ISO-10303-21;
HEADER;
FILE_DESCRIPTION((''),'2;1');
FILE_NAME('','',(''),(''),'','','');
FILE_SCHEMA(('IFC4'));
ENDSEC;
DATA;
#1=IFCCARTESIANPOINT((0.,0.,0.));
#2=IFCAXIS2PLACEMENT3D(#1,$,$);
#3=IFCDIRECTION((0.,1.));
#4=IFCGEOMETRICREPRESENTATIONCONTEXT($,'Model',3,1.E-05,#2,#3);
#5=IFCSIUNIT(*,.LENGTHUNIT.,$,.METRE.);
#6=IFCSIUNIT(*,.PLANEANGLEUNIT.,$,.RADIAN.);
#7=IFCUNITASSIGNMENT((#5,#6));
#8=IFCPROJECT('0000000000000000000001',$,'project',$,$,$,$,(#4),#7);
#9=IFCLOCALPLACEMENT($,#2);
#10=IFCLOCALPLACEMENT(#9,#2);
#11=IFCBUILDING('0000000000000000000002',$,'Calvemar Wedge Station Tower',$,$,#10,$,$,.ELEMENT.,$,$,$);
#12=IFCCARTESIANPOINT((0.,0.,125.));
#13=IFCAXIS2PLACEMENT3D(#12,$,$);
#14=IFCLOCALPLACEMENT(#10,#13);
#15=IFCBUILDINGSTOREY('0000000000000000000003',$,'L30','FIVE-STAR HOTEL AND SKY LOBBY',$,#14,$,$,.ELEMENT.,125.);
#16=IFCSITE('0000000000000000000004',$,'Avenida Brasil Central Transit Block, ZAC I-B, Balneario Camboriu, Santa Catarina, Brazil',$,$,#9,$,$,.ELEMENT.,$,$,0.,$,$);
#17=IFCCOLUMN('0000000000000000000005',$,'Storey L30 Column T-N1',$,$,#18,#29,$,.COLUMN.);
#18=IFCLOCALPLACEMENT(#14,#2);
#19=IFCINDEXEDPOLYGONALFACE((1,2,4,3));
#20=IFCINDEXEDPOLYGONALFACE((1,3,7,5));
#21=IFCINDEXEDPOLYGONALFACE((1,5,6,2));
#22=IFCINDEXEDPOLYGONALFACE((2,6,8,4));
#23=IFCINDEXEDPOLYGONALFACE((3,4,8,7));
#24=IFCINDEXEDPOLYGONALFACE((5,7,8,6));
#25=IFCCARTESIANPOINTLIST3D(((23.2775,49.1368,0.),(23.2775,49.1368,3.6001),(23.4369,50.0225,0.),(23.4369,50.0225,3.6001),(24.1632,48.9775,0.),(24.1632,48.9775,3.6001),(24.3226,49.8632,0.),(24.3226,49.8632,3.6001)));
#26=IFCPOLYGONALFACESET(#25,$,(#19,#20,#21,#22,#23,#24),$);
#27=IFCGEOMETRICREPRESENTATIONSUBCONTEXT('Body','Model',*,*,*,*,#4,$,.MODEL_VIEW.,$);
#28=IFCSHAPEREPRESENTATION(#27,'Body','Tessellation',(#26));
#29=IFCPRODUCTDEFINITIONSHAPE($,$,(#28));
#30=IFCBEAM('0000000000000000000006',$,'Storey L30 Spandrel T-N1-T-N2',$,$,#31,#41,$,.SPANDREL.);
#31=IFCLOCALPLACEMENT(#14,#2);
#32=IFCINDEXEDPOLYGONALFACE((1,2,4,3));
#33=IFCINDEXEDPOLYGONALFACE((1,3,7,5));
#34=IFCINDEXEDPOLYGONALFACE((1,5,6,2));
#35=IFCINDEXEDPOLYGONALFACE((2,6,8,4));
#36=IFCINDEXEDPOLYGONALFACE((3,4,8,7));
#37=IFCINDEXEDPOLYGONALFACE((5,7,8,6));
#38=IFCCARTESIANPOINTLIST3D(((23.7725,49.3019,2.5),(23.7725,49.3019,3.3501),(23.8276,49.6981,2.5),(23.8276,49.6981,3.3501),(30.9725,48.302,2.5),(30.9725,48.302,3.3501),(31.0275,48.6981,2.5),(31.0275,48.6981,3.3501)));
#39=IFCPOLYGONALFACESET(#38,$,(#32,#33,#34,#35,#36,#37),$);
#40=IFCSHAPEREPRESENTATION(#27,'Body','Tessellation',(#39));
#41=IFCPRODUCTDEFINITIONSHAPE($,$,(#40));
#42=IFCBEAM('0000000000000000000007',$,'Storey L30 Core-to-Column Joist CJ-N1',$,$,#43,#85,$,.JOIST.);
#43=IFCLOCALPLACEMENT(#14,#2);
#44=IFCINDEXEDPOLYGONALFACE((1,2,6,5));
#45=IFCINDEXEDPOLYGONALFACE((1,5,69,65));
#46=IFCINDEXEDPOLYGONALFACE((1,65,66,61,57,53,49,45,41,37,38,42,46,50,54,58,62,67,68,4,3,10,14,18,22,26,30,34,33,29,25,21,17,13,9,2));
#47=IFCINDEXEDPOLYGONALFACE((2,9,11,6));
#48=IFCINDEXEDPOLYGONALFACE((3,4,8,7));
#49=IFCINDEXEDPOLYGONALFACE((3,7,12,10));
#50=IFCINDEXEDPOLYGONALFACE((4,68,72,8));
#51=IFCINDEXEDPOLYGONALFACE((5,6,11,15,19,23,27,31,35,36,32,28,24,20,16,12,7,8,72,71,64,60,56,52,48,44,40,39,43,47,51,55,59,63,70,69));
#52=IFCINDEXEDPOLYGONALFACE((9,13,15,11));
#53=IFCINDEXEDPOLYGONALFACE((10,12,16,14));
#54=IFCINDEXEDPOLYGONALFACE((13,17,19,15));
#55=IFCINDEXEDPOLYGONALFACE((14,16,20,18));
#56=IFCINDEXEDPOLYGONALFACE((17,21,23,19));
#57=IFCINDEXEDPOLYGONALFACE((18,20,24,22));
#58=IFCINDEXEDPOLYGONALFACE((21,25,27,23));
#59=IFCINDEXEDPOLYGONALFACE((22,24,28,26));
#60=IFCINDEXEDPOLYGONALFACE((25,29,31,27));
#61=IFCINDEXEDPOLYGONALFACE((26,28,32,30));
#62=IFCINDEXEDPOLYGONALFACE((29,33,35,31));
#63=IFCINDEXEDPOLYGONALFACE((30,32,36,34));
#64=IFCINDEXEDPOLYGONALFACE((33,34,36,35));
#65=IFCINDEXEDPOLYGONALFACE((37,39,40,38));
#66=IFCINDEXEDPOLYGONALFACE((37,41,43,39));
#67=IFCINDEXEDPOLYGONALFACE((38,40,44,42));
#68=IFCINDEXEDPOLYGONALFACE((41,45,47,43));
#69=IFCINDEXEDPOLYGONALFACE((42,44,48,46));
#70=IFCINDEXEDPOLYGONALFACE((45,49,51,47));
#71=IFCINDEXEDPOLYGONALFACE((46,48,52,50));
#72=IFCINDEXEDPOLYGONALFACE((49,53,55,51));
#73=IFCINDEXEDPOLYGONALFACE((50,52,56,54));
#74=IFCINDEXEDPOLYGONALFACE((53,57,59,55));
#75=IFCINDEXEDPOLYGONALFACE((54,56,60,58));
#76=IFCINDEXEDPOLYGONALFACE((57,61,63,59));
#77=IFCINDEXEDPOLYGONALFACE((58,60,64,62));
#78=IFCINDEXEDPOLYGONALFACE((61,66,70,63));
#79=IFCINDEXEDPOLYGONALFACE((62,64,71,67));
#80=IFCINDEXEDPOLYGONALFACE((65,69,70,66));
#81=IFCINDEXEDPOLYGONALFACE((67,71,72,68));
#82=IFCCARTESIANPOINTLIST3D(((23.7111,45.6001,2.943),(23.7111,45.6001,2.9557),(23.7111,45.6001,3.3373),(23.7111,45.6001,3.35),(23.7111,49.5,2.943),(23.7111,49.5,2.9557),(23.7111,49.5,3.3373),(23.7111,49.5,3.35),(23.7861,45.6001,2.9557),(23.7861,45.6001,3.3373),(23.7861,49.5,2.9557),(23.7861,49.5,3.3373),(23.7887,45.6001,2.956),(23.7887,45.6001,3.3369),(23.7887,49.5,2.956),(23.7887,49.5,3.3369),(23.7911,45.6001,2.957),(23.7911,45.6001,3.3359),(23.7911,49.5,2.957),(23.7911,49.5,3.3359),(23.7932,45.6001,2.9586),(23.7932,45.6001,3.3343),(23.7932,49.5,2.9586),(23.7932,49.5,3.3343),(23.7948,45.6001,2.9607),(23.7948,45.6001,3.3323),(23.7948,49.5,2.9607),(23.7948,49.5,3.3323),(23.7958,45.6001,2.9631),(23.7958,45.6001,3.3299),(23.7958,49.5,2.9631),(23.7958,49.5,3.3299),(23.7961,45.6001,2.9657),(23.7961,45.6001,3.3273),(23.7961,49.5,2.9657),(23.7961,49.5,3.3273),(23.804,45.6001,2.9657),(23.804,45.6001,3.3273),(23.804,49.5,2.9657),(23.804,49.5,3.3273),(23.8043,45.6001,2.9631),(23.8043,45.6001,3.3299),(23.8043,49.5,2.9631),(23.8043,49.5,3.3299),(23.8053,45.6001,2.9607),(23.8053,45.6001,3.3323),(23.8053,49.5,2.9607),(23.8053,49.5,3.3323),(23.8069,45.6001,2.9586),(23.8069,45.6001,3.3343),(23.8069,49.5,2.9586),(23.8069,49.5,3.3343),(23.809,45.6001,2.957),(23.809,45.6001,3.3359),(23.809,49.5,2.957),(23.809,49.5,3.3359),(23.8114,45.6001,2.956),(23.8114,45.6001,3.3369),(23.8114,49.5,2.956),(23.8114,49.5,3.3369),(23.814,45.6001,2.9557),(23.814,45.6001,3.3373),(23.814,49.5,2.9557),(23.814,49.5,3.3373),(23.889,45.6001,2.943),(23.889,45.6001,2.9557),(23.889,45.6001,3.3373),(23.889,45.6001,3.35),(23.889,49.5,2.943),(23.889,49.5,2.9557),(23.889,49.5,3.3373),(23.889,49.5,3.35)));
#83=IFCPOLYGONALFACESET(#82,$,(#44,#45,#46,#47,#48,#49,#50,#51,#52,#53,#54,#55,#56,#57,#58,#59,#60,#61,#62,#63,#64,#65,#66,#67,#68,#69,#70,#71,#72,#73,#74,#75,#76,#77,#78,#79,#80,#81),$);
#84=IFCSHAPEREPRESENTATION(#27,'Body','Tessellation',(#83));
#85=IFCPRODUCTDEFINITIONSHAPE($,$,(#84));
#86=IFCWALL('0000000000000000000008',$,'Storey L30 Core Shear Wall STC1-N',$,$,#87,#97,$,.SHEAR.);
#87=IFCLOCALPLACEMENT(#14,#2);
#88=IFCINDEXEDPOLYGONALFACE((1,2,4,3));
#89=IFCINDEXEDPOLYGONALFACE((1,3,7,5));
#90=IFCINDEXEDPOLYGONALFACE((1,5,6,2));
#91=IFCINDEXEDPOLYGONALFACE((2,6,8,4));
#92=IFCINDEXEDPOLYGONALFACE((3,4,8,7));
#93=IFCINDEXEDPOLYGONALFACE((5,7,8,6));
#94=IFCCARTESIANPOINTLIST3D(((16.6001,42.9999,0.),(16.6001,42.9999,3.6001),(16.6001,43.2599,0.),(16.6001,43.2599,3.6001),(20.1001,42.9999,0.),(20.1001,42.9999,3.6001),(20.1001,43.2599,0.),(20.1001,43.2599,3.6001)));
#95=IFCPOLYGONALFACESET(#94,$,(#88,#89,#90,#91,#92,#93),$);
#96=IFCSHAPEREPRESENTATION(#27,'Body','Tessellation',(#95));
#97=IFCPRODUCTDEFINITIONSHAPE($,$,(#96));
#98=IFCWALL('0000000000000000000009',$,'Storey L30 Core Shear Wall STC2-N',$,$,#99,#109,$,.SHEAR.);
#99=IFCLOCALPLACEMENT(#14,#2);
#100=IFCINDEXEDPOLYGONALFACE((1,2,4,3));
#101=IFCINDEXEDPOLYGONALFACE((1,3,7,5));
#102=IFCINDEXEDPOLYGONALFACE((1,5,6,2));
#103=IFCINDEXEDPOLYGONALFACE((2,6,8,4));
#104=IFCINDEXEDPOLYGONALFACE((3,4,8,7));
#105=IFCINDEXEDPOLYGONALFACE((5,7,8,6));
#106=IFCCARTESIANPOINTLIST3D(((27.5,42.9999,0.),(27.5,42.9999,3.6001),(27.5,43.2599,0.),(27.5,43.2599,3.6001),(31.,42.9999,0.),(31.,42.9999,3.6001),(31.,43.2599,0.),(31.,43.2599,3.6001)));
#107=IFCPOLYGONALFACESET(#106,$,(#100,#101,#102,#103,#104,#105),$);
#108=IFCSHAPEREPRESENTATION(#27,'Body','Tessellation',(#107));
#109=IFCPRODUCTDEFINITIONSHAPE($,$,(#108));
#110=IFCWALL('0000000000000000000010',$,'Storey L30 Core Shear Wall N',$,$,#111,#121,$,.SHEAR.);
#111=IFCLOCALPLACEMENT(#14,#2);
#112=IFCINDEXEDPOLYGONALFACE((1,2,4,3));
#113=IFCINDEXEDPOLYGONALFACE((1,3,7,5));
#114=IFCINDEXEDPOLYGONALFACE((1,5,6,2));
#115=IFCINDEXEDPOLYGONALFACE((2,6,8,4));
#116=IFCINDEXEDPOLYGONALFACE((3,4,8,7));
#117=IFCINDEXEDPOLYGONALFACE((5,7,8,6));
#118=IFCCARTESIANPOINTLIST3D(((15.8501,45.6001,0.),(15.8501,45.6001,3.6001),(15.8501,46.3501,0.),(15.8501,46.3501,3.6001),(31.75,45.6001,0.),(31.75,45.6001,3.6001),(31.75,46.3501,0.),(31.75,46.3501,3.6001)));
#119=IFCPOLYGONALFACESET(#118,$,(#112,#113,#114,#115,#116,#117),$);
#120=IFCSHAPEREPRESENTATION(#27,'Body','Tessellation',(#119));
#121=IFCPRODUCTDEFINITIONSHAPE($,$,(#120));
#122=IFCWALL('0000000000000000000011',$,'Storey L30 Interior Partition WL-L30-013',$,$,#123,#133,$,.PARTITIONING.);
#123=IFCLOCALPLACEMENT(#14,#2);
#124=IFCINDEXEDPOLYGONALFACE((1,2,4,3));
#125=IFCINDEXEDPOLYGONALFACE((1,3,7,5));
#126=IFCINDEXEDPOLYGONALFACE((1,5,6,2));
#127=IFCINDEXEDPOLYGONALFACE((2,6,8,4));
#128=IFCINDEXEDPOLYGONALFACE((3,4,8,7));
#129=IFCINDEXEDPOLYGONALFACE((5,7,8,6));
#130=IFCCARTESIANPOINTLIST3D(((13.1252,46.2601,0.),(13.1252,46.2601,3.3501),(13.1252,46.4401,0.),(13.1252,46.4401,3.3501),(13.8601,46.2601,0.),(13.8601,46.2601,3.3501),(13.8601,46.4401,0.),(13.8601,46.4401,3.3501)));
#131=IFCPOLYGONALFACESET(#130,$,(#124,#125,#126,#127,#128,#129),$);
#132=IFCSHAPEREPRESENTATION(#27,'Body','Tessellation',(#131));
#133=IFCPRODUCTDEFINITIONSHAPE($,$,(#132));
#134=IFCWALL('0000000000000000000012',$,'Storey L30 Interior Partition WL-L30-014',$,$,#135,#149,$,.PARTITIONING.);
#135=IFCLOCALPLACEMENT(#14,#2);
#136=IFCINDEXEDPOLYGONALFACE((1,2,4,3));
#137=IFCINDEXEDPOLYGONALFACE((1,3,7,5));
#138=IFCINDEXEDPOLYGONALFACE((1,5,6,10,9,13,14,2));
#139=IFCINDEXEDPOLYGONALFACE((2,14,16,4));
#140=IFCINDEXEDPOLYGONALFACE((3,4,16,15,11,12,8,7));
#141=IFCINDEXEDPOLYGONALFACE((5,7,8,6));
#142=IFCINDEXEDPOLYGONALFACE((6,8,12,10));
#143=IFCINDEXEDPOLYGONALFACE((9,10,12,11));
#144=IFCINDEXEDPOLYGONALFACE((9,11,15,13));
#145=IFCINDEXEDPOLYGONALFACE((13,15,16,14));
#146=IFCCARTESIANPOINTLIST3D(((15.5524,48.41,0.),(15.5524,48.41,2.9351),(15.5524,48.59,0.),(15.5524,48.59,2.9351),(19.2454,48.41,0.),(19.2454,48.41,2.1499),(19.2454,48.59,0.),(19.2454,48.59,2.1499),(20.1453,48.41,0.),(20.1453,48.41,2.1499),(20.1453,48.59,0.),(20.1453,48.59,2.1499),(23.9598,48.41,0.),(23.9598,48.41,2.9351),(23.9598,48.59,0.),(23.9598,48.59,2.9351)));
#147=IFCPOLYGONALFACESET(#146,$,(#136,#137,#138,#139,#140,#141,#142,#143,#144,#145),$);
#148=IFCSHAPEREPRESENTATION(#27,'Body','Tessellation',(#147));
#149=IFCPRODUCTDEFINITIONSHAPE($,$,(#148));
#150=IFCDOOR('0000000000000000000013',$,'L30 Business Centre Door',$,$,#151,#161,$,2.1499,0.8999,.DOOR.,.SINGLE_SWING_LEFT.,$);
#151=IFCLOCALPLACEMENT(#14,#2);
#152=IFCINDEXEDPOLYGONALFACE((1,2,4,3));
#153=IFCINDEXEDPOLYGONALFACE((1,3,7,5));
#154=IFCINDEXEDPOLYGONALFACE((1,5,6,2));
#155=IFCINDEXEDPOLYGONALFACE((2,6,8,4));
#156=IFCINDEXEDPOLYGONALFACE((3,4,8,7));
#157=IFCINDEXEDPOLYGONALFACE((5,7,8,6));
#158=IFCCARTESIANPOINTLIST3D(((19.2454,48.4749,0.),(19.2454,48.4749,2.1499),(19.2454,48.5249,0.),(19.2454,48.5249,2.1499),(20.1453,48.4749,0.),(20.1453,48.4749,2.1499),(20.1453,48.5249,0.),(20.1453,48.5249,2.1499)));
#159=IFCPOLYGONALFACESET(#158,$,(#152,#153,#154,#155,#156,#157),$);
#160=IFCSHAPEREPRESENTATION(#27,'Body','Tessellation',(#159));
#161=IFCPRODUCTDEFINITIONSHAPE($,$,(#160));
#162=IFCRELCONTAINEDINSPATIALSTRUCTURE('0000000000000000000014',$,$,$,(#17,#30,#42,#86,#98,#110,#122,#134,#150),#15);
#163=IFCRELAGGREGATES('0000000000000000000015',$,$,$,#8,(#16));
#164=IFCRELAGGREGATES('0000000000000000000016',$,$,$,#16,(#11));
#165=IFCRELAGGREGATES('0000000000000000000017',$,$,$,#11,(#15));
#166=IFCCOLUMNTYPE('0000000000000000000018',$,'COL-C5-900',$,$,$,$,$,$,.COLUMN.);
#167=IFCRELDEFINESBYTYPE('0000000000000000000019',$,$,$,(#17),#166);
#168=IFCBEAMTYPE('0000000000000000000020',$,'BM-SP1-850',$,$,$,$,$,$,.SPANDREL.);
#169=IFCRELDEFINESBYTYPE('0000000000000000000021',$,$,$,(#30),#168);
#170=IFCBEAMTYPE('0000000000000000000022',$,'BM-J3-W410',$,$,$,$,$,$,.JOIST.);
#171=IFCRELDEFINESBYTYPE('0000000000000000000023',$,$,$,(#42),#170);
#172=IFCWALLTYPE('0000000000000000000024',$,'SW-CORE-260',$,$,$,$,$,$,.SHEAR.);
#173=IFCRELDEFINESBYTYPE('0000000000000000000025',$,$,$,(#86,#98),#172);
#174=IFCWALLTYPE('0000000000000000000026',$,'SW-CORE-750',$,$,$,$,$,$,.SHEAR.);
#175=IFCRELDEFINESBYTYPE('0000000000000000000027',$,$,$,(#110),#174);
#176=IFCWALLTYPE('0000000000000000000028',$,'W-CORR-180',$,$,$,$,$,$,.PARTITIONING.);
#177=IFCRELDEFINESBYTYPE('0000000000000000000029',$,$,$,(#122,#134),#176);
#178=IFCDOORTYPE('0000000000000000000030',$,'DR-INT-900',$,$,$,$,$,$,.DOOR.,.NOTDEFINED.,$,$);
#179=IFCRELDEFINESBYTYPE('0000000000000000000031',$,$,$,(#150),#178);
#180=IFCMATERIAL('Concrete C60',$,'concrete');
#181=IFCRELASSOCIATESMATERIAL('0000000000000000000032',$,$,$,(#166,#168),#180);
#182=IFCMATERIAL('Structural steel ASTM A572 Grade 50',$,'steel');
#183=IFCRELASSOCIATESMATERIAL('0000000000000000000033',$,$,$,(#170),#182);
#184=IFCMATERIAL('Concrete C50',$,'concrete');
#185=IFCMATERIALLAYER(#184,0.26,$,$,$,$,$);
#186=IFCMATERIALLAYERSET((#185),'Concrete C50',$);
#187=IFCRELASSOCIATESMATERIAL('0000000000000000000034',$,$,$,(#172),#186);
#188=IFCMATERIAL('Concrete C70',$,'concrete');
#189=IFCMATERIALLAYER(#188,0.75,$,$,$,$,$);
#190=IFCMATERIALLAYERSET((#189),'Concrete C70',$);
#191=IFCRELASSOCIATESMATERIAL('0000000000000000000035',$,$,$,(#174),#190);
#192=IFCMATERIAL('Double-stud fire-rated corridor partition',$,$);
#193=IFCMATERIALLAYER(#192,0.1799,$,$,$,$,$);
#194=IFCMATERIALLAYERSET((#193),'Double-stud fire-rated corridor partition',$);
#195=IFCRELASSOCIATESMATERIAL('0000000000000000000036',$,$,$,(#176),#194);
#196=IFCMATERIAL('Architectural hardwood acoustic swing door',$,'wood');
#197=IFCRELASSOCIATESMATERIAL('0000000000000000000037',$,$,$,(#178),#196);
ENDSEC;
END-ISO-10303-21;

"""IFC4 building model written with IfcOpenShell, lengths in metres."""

from ifc_helpers import new_model, si_unit, direction, frame, frame_2d, origin, origin_2d, place, context, subcontext, project, spatial, rectangle, i_section, extrude, source, transform, mapped, material, layer, layer_set, material_profile, profile_set, type_object, element, fill, save


model = new_model("IFC4")

# Units and contexts
model_context = context("Model", 3, precision=1e-05, world=origin(), true_north=direction((0.0, 1.0)))
body_context = subcontext(model_context, "Body", "Model", "MODEL_VIEW")
ifc_project = project(units=[si_unit("LENGTHUNIT", "METRE"), si_unit("PLANEANGLEUNIT", "RADIAN")], contexts=[model_context])

# Site, building, storey
site_placement = place(None, origin())
site = spatial("IfcSite", under=ifc_project, at=site_placement, Name="Avenida Brasil Central Transit Block, ZAC I-B, Balneario Camboriu, Santa Catarina, Brazil", CompositionType="ELEMENT", RefElevation=0.0)
building_placement = place(site_placement, origin())
building = spatial("IfcBuilding", under=site, at=building_placement, Name="Calvemar Wedge Station Tower", CompositionType="ELEMENT")
storey_placement = place(building_placement, frame((0.0, 0.0, 125.0)))
storey = spatial("IfcBuildingStorey", under=building, at=storey_placement, Name="L30", Description="FIVE-STAR HOTEL AND SKY LOBBY", CompositionType="ELEMENT", Elevation=125.0)

# Column
ifc_material_1 = material(Name="Concrete C60", Category="concrete")
ifc_material_profile_1 = material_profile(ifc_material_1, rectangle(XDim=0.8999, YDim=0.8999, at=origin_2d()), Name="RC900x900")
ifc_profile_set_1 = profile_set([ifc_material_profile_1], Name="Concrete C60")
column_type = type_object("IfcColumnType", Name="COL-C5-900", PredefinedType="COLUMN", material=ifc_profile_set_1)
shared_shape_1 = source(origin(), body_context, "Body", "SweptSolid", [
    extrude(rectangle(XDim=0.8999, YDim=0.8999, at=origin_2d()), origin(), (0.0, 0.0, 1.0), 3.6001),
])
column_placement = place(storey_placement, frame((23.8, 49.5, 0.0), z_axis=(0.0, 0.0, 1.0), x_axis=(0.984196, -0.177085, 0.0)))
element("IfcColumn", 1, at=column_placement, inside=storey, type_object=column_type, Name="Storey L30 Column T-N1", PredefinedType="COLUMN", context=body_context, shape_type="MappedRepresentation", body=[
    mapped(shared_shape_1, transform((0.0, 0.0, 0.0), scale=1.0)),
])

# Beams
ifc_material_profile_2 = material_profile(ifc_material_1, rectangle(XDim=0.3999, YDim=0.8501, at=origin_2d()), Name="RC400x850")
ifc_profile_set_2 = profile_set([ifc_material_profile_2], Name="Concrete C60")
beam_type_1 = type_object("IfcBeamType", Name="BM-SP1-850", PredefinedType="SPANDREL", material=ifc_profile_set_2)
shared_shape_2 = source(origin(), body_context, "Body", "SweptSolid", [
    extrude(rectangle(XDim=0.3999, YDim=0.8501, at=origin_2d()), origin(), (0.0, 0.0, 1.0), 7.269),
])
beam_1_placement = place(storey_placement, frame((23.8, 49.5, 2.925), z_axis=(0.990492, -0.137569, 0.0), x_axis=(0.137569, 0.990492, 0.0)))
element("IfcBeam", 2, at=beam_1_placement, inside=storey, type_object=beam_type_1, Name="Storey L30 Spandrel T-N1-T-N2", PredefinedType="SPANDREL", context=body_context, shape_type="MappedRepresentation", body=[
    mapped(shared_shape_2, transform((0.0, 0.0, 0.0), scale=1.0)),
])
ifc_material_2 = material(Name="Structural steel ASTM A572 Grade 50", Category="steel")
ifc_material_profile_3 = material_profile(ifc_material_2, i_section(OverallWidth=0.178, OverallDepth=0.407, WebThickness=0.0078, FlangeThickness=0.0127, FilletRadius=0.01, at=origin_2d()), Name="W410x60")
ifc_profile_set_3 = profile_set([ifc_material_profile_3], Name="Structural steel ASTM A572 Grade 50")
beam_type_2 = type_object("IfcBeamType", Name="BM-J3-W410", PredefinedType="JOIST", material=ifc_profile_set_3)
shared_shape_3 = source(origin(), body_context, "Body", "SweptSolid", [
    extrude(i_section(OverallWidth=0.178, OverallDepth=0.407, WebThickness=0.0078, FlangeThickness=0.0127, FilletRadius=0.01, at=origin_2d()), origin(), (0.0, 0.0, 1.0), 3.8999),
])
beam_2_placement = place(storey_placement, frame((23.8, 45.6001, 3.1465), z_axis=(0.0, 1.0, 0.0), x_axis=(-1.0, 0.0, 0.0)))
element("IfcBeam", 3, at=beam_2_placement, inside=storey, type_object=beam_type_2, Name="Storey L30 Core-to-Column Joist CJ-N1", PredefinedType="JOIST", context=body_context, shape_type="MappedRepresentation", body=[
    mapped(shared_shape_3, transform((0.0, 0.0, 0.0), scale=1.0)),
])

# Walls
ifc_material_3 = material(Name="Concrete C50", Category="concrete")
ifc_layer_1 = layer(ifc_material_3, 0.26)
ifc_layer_set_1 = layer_set([ifc_layer_1], Name="Concrete C50")
wall_type_1 = type_object("IfcWallType", Name="SW-CORE-260", PredefinedType="SHEAR", material=ifc_layer_set_1)
for number, where, z_axis, x_axis, name in (
    (4, (16.6001, 43.1299, 0.0), (0.0, 0.0, 1.0), (1.0, 0.0, 0.0), "Storey L30 Core Shear Wall STC1-N"),
    (5, (27.5, 43.1299, 0.0), (0.0, 0.0, 1.0), (1.0, 0.0, 0.0), "Storey L30 Core Shear Wall STC2-N"),
):
    element("IfcWall", number, at=place(storey_placement, frame(where, z_axis=z_axis, x_axis=x_axis)), inside=storey, type_object=wall_type_1, Name=name, PredefinedType="SHEAR", context=body_context, shape_type="SweptSolid", body=[
        extrude(rectangle(XDim=3.5, YDim=0.26, at=frame_2d((1.75, 0.0))), origin(), (0.0, 0.0, 1.0), 3.6001),
    ])
ifc_material_4 = material(Name="Concrete C70", Category="concrete")
ifc_layer_2 = layer(ifc_material_4, 0.75)
ifc_layer_set_2 = layer_set([ifc_layer_2], Name="Concrete C70")
wall_type_2 = type_object("IfcWallType", Name="SW-CORE-750", PredefinedType="SHEAR", material=ifc_layer_set_2)
wall_1_placement = place(storey_placement, frame((15.8501, 45.9751, 0.0), z_axis=(0.0, 0.0, 1.0), x_axis=(1.0, 0.0, 0.0)))
element("IfcWall", 6, at=wall_1_placement, inside=storey, type_object=wall_type_2, Name="Storey L30 Core Shear Wall N", PredefinedType="SHEAR", context=body_context, shape_type="SweptSolid", body=[
    extrude(rectangle(XDim=15.8999, YDim=0.75, at=frame_2d((7.95, 0.0))), origin(), (0.0, 0.0, 1.0), 3.6001),
])
ifc_material_5 = material(Name="Double-stud fire-rated corridor partition")
ifc_layer_3 = layer(ifc_material_5, 0.1799)
ifc_layer_set_3 = layer_set([ifc_layer_3], Name="Double-stud fire-rated corridor partition")
wall_type_3 = type_object("IfcWallType", Name="W-CORR-180", PredefinedType="PARTITIONING", material=ifc_layer_set_3)
wall_2_placement = place(storey_placement, frame((13.8601, 46.3501, 0.0), z_axis=(0.0, 0.0, 1.0), x_axis=(-1.0, 0.0, 0.0)))
element("IfcWall", 7, at=wall_2_placement, inside=storey, type_object=wall_type_3, Name="Storey L30 Interior Partition WL-L30-013", PredefinedType="PARTITIONING", context=body_context, shape_type="SweptSolid", body=[
    extrude(rectangle(XDim=0.7349, YDim=0.1799, at=frame_2d((0.3674, 0.0))), origin(), (0.0, 0.0, 1.0), 3.3501),
])

# Wall, opening, door
wall_3_placement = place(storey_placement, frame((15.5525, 48.5, 0.0), z_axis=(0.0, 0.0, 1.0), x_axis=(1.0, 0.0, 0.0)))
wall_3 = element("IfcWall", 8, at=wall_3_placement, inside=storey, type_object=wall_type_3, Name="Storey L30 Interior Partition WL-L30-014", PredefinedType="PARTITIONING", context=body_context, shape_type="SweptSolid", body=[
    extrude(rectangle(XDim=8.4075, YDim=0.1799, at=frame_2d((4.2036, 0.0))), origin(), (0.0, 0.0, 1.0), 2.9351),
])
shared_shape_4 = source(origin(), body_context, "Body", "SweptSolid", [
    extrude(rectangle(XDim=0.8999, YDim=2.1499, at=frame_2d((0.45, 1.075))), frame((0.0, 0.1001, 0.0), z_axis=(0.0, -1.0, 0.0), x_axis=(1.0, 0.0, 0.0)), (0.0, 0.0, 1.0), 0.2),
])
opening_1_placement = place(wall_3_placement, frame((3.6929, 0.0, 0.0)))
opening_1 = element("IfcOpeningElement", 9, at=opening_1_placement, cuts=wall_3, PredefinedType="OPENING", context=body_context, shape_type="MappedRepresentation", body=[
    mapped(shared_shape_4, transform((0.0, 0.0, 0.0), scale=1.0)),
])
ifc_material_6 = material(Name="Architectural hardwood acoustic swing door", Category="wood")
door_type_1 = type_object("IfcDoorType", Name="DR-INT-900", OperationType="NOTDEFINED", PredefinedType="DOOR", material=ifc_material_6)
shared_shape_5 = source(origin(), body_context, "Body", "SweptSolid", [
    extrude(rectangle(XDim=0.8999, YDim=2.1499, at=frame_2d((0.45, 1.075))), frame((0.0, 0.0249, 0.0), z_axis=(0.0, -1.0, 0.0), x_axis=(1.0, 0.0, 0.0)), (0.0, 0.0, 1.0), 0.05),
])
door_1_placement = place(opening_1_placement, origin())
door_1 = element("IfcDoor", 10, at=door_1_placement, inside=storey, type_object=door_type_1, Name="L30 Business Centre Door", OperationType="SINGLE_SWING_LEFT", OverallHeight=2.1499, OverallWidth=0.8999, PredefinedType="DOOR", context=body_context, shape_type="MappedRepresentation", body=[
    mapped(shared_shape_5, transform((0.0, 0.0, 0.0), scale=1.0)),
])
fill(opening_1, door_1)

save(model, "model.ifc")
